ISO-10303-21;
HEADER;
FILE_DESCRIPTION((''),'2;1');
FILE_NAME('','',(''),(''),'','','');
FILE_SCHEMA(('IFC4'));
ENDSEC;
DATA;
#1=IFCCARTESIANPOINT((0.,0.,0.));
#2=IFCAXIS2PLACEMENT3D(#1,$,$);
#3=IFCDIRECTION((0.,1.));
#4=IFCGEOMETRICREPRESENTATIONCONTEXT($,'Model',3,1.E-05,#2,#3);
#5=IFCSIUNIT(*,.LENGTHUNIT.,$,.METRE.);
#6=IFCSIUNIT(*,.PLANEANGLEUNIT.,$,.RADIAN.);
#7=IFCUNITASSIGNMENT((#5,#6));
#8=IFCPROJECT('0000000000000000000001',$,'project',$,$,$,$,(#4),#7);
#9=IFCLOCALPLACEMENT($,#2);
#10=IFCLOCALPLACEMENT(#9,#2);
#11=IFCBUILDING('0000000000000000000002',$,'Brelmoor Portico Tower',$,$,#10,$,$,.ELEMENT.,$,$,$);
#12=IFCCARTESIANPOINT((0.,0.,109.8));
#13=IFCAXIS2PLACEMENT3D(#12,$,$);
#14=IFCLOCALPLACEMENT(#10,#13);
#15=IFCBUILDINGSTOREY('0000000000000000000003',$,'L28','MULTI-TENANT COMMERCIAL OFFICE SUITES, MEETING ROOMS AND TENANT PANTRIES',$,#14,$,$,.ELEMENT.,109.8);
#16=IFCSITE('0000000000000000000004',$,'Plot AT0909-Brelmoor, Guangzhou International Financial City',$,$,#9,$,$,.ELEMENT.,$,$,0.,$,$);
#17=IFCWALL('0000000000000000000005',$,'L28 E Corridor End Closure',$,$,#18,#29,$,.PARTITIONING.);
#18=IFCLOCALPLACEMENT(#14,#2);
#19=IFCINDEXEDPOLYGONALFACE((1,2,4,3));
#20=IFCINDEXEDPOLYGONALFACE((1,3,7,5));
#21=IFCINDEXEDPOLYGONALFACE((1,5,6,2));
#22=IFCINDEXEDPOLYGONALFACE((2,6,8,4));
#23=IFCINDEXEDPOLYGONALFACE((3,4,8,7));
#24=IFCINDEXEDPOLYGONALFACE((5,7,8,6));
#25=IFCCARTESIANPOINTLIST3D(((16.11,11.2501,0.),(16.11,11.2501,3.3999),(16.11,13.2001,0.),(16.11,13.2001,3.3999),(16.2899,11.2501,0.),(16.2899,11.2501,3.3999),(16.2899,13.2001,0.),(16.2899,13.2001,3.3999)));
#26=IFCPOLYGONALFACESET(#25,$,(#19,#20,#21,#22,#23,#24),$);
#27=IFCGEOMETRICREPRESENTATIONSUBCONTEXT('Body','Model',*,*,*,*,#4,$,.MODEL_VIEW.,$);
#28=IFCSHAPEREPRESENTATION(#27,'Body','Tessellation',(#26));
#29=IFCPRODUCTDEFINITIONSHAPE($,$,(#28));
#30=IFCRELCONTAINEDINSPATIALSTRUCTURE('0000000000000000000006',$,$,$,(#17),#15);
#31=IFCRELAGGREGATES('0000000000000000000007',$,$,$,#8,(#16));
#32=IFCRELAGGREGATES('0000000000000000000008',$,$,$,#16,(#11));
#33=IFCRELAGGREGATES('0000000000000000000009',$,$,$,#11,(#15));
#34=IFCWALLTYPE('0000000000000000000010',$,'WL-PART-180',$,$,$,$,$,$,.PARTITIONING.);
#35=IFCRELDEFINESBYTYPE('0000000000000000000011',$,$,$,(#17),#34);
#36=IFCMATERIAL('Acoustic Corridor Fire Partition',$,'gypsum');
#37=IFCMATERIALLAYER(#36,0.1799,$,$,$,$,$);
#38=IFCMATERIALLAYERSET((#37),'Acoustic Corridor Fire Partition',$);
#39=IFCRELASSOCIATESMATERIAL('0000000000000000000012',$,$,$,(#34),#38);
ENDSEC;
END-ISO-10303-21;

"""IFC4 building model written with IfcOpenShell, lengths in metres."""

from ifc_helpers import new_model, si_unit, direction, frame, frame_2d, origin, place, context, subcontext, project, spatial, rectangle, extrude, material, layer, layer_set, type_object, element, save


model = new_model("IFC4")

# Units and contexts
model_context = context("Model", 3, precision=1e-05, world=origin(), true_north=direction((0.0, 1.0)))
body_context = subcontext(model_context, "Body", "Model", "MODEL_VIEW")
ifc_project = project(units=[si_unit("LENGTHUNIT", "METRE"), si_unit("PLANEANGLEUNIT", "RADIAN")], contexts=[model_context])

# Site, building, storey
site_placement = place(None, origin())
site = spatial("IfcSite", under=ifc_project, at=site_placement, Name="Plot AT0909-Brelmoor, Guangzhou International Financial City", CompositionType="ELEMENT", RefElevation=0.0)
building_placement = place(site_placement, origin())
building = spatial("IfcBuilding", under=site, at=building_placement, Name="Brelmoor Portico Tower", CompositionType="ELEMENT")
storey_placement = place(building_placement, frame((0.0, 0.0, 109.8)))
storey = spatial("IfcBuildingStorey", under=building, at=storey_placement, Name="L28", Description="MULTI-TENANT COMMERCIAL OFFICE SUITES, MEETING ROOMS AND TENANT PANTRIES", CompositionType="ELEMENT", Elevation=109.8)

# Shared definitions
ifc_material_1 = material(Name="Acoustic Corridor Fire Partition", Category="gypsum")
ifc_layer_1 = layer(ifc_material_1, 0.1799)
ifc_layer_set_1 = layer_set([ifc_layer_1], Name="Acoustic Corridor Fire Partition")
wall_type_1 = type_object("IfcWallType", Name="WL-PART-180", PredefinedType="PARTITIONING", material=ifc_layer_set_1)

# Wall
wall_1_placement = place(storey_placement, frame((16.2, 11.25, 0.0), z_axis=(0.0, 0.0, 1.0), x_axis=(0.0, 1.0, 0.0)))
element("IfcWall", 1, at=wall_1_placement, inside=storey, type_object=wall_type_1, Name="L28 E Corridor End Closure", PredefinedType="PARTITIONING", context=body_context, shape_type="SweptSolid", body=[
    extrude(rectangle(XDim=1.95, YDim=0.1799, at=frame_2d((0.9751, 0.0))), origin(), (0.0, 0.0, 1.0), 3.3999),
])

save(model, "model.ifc")
